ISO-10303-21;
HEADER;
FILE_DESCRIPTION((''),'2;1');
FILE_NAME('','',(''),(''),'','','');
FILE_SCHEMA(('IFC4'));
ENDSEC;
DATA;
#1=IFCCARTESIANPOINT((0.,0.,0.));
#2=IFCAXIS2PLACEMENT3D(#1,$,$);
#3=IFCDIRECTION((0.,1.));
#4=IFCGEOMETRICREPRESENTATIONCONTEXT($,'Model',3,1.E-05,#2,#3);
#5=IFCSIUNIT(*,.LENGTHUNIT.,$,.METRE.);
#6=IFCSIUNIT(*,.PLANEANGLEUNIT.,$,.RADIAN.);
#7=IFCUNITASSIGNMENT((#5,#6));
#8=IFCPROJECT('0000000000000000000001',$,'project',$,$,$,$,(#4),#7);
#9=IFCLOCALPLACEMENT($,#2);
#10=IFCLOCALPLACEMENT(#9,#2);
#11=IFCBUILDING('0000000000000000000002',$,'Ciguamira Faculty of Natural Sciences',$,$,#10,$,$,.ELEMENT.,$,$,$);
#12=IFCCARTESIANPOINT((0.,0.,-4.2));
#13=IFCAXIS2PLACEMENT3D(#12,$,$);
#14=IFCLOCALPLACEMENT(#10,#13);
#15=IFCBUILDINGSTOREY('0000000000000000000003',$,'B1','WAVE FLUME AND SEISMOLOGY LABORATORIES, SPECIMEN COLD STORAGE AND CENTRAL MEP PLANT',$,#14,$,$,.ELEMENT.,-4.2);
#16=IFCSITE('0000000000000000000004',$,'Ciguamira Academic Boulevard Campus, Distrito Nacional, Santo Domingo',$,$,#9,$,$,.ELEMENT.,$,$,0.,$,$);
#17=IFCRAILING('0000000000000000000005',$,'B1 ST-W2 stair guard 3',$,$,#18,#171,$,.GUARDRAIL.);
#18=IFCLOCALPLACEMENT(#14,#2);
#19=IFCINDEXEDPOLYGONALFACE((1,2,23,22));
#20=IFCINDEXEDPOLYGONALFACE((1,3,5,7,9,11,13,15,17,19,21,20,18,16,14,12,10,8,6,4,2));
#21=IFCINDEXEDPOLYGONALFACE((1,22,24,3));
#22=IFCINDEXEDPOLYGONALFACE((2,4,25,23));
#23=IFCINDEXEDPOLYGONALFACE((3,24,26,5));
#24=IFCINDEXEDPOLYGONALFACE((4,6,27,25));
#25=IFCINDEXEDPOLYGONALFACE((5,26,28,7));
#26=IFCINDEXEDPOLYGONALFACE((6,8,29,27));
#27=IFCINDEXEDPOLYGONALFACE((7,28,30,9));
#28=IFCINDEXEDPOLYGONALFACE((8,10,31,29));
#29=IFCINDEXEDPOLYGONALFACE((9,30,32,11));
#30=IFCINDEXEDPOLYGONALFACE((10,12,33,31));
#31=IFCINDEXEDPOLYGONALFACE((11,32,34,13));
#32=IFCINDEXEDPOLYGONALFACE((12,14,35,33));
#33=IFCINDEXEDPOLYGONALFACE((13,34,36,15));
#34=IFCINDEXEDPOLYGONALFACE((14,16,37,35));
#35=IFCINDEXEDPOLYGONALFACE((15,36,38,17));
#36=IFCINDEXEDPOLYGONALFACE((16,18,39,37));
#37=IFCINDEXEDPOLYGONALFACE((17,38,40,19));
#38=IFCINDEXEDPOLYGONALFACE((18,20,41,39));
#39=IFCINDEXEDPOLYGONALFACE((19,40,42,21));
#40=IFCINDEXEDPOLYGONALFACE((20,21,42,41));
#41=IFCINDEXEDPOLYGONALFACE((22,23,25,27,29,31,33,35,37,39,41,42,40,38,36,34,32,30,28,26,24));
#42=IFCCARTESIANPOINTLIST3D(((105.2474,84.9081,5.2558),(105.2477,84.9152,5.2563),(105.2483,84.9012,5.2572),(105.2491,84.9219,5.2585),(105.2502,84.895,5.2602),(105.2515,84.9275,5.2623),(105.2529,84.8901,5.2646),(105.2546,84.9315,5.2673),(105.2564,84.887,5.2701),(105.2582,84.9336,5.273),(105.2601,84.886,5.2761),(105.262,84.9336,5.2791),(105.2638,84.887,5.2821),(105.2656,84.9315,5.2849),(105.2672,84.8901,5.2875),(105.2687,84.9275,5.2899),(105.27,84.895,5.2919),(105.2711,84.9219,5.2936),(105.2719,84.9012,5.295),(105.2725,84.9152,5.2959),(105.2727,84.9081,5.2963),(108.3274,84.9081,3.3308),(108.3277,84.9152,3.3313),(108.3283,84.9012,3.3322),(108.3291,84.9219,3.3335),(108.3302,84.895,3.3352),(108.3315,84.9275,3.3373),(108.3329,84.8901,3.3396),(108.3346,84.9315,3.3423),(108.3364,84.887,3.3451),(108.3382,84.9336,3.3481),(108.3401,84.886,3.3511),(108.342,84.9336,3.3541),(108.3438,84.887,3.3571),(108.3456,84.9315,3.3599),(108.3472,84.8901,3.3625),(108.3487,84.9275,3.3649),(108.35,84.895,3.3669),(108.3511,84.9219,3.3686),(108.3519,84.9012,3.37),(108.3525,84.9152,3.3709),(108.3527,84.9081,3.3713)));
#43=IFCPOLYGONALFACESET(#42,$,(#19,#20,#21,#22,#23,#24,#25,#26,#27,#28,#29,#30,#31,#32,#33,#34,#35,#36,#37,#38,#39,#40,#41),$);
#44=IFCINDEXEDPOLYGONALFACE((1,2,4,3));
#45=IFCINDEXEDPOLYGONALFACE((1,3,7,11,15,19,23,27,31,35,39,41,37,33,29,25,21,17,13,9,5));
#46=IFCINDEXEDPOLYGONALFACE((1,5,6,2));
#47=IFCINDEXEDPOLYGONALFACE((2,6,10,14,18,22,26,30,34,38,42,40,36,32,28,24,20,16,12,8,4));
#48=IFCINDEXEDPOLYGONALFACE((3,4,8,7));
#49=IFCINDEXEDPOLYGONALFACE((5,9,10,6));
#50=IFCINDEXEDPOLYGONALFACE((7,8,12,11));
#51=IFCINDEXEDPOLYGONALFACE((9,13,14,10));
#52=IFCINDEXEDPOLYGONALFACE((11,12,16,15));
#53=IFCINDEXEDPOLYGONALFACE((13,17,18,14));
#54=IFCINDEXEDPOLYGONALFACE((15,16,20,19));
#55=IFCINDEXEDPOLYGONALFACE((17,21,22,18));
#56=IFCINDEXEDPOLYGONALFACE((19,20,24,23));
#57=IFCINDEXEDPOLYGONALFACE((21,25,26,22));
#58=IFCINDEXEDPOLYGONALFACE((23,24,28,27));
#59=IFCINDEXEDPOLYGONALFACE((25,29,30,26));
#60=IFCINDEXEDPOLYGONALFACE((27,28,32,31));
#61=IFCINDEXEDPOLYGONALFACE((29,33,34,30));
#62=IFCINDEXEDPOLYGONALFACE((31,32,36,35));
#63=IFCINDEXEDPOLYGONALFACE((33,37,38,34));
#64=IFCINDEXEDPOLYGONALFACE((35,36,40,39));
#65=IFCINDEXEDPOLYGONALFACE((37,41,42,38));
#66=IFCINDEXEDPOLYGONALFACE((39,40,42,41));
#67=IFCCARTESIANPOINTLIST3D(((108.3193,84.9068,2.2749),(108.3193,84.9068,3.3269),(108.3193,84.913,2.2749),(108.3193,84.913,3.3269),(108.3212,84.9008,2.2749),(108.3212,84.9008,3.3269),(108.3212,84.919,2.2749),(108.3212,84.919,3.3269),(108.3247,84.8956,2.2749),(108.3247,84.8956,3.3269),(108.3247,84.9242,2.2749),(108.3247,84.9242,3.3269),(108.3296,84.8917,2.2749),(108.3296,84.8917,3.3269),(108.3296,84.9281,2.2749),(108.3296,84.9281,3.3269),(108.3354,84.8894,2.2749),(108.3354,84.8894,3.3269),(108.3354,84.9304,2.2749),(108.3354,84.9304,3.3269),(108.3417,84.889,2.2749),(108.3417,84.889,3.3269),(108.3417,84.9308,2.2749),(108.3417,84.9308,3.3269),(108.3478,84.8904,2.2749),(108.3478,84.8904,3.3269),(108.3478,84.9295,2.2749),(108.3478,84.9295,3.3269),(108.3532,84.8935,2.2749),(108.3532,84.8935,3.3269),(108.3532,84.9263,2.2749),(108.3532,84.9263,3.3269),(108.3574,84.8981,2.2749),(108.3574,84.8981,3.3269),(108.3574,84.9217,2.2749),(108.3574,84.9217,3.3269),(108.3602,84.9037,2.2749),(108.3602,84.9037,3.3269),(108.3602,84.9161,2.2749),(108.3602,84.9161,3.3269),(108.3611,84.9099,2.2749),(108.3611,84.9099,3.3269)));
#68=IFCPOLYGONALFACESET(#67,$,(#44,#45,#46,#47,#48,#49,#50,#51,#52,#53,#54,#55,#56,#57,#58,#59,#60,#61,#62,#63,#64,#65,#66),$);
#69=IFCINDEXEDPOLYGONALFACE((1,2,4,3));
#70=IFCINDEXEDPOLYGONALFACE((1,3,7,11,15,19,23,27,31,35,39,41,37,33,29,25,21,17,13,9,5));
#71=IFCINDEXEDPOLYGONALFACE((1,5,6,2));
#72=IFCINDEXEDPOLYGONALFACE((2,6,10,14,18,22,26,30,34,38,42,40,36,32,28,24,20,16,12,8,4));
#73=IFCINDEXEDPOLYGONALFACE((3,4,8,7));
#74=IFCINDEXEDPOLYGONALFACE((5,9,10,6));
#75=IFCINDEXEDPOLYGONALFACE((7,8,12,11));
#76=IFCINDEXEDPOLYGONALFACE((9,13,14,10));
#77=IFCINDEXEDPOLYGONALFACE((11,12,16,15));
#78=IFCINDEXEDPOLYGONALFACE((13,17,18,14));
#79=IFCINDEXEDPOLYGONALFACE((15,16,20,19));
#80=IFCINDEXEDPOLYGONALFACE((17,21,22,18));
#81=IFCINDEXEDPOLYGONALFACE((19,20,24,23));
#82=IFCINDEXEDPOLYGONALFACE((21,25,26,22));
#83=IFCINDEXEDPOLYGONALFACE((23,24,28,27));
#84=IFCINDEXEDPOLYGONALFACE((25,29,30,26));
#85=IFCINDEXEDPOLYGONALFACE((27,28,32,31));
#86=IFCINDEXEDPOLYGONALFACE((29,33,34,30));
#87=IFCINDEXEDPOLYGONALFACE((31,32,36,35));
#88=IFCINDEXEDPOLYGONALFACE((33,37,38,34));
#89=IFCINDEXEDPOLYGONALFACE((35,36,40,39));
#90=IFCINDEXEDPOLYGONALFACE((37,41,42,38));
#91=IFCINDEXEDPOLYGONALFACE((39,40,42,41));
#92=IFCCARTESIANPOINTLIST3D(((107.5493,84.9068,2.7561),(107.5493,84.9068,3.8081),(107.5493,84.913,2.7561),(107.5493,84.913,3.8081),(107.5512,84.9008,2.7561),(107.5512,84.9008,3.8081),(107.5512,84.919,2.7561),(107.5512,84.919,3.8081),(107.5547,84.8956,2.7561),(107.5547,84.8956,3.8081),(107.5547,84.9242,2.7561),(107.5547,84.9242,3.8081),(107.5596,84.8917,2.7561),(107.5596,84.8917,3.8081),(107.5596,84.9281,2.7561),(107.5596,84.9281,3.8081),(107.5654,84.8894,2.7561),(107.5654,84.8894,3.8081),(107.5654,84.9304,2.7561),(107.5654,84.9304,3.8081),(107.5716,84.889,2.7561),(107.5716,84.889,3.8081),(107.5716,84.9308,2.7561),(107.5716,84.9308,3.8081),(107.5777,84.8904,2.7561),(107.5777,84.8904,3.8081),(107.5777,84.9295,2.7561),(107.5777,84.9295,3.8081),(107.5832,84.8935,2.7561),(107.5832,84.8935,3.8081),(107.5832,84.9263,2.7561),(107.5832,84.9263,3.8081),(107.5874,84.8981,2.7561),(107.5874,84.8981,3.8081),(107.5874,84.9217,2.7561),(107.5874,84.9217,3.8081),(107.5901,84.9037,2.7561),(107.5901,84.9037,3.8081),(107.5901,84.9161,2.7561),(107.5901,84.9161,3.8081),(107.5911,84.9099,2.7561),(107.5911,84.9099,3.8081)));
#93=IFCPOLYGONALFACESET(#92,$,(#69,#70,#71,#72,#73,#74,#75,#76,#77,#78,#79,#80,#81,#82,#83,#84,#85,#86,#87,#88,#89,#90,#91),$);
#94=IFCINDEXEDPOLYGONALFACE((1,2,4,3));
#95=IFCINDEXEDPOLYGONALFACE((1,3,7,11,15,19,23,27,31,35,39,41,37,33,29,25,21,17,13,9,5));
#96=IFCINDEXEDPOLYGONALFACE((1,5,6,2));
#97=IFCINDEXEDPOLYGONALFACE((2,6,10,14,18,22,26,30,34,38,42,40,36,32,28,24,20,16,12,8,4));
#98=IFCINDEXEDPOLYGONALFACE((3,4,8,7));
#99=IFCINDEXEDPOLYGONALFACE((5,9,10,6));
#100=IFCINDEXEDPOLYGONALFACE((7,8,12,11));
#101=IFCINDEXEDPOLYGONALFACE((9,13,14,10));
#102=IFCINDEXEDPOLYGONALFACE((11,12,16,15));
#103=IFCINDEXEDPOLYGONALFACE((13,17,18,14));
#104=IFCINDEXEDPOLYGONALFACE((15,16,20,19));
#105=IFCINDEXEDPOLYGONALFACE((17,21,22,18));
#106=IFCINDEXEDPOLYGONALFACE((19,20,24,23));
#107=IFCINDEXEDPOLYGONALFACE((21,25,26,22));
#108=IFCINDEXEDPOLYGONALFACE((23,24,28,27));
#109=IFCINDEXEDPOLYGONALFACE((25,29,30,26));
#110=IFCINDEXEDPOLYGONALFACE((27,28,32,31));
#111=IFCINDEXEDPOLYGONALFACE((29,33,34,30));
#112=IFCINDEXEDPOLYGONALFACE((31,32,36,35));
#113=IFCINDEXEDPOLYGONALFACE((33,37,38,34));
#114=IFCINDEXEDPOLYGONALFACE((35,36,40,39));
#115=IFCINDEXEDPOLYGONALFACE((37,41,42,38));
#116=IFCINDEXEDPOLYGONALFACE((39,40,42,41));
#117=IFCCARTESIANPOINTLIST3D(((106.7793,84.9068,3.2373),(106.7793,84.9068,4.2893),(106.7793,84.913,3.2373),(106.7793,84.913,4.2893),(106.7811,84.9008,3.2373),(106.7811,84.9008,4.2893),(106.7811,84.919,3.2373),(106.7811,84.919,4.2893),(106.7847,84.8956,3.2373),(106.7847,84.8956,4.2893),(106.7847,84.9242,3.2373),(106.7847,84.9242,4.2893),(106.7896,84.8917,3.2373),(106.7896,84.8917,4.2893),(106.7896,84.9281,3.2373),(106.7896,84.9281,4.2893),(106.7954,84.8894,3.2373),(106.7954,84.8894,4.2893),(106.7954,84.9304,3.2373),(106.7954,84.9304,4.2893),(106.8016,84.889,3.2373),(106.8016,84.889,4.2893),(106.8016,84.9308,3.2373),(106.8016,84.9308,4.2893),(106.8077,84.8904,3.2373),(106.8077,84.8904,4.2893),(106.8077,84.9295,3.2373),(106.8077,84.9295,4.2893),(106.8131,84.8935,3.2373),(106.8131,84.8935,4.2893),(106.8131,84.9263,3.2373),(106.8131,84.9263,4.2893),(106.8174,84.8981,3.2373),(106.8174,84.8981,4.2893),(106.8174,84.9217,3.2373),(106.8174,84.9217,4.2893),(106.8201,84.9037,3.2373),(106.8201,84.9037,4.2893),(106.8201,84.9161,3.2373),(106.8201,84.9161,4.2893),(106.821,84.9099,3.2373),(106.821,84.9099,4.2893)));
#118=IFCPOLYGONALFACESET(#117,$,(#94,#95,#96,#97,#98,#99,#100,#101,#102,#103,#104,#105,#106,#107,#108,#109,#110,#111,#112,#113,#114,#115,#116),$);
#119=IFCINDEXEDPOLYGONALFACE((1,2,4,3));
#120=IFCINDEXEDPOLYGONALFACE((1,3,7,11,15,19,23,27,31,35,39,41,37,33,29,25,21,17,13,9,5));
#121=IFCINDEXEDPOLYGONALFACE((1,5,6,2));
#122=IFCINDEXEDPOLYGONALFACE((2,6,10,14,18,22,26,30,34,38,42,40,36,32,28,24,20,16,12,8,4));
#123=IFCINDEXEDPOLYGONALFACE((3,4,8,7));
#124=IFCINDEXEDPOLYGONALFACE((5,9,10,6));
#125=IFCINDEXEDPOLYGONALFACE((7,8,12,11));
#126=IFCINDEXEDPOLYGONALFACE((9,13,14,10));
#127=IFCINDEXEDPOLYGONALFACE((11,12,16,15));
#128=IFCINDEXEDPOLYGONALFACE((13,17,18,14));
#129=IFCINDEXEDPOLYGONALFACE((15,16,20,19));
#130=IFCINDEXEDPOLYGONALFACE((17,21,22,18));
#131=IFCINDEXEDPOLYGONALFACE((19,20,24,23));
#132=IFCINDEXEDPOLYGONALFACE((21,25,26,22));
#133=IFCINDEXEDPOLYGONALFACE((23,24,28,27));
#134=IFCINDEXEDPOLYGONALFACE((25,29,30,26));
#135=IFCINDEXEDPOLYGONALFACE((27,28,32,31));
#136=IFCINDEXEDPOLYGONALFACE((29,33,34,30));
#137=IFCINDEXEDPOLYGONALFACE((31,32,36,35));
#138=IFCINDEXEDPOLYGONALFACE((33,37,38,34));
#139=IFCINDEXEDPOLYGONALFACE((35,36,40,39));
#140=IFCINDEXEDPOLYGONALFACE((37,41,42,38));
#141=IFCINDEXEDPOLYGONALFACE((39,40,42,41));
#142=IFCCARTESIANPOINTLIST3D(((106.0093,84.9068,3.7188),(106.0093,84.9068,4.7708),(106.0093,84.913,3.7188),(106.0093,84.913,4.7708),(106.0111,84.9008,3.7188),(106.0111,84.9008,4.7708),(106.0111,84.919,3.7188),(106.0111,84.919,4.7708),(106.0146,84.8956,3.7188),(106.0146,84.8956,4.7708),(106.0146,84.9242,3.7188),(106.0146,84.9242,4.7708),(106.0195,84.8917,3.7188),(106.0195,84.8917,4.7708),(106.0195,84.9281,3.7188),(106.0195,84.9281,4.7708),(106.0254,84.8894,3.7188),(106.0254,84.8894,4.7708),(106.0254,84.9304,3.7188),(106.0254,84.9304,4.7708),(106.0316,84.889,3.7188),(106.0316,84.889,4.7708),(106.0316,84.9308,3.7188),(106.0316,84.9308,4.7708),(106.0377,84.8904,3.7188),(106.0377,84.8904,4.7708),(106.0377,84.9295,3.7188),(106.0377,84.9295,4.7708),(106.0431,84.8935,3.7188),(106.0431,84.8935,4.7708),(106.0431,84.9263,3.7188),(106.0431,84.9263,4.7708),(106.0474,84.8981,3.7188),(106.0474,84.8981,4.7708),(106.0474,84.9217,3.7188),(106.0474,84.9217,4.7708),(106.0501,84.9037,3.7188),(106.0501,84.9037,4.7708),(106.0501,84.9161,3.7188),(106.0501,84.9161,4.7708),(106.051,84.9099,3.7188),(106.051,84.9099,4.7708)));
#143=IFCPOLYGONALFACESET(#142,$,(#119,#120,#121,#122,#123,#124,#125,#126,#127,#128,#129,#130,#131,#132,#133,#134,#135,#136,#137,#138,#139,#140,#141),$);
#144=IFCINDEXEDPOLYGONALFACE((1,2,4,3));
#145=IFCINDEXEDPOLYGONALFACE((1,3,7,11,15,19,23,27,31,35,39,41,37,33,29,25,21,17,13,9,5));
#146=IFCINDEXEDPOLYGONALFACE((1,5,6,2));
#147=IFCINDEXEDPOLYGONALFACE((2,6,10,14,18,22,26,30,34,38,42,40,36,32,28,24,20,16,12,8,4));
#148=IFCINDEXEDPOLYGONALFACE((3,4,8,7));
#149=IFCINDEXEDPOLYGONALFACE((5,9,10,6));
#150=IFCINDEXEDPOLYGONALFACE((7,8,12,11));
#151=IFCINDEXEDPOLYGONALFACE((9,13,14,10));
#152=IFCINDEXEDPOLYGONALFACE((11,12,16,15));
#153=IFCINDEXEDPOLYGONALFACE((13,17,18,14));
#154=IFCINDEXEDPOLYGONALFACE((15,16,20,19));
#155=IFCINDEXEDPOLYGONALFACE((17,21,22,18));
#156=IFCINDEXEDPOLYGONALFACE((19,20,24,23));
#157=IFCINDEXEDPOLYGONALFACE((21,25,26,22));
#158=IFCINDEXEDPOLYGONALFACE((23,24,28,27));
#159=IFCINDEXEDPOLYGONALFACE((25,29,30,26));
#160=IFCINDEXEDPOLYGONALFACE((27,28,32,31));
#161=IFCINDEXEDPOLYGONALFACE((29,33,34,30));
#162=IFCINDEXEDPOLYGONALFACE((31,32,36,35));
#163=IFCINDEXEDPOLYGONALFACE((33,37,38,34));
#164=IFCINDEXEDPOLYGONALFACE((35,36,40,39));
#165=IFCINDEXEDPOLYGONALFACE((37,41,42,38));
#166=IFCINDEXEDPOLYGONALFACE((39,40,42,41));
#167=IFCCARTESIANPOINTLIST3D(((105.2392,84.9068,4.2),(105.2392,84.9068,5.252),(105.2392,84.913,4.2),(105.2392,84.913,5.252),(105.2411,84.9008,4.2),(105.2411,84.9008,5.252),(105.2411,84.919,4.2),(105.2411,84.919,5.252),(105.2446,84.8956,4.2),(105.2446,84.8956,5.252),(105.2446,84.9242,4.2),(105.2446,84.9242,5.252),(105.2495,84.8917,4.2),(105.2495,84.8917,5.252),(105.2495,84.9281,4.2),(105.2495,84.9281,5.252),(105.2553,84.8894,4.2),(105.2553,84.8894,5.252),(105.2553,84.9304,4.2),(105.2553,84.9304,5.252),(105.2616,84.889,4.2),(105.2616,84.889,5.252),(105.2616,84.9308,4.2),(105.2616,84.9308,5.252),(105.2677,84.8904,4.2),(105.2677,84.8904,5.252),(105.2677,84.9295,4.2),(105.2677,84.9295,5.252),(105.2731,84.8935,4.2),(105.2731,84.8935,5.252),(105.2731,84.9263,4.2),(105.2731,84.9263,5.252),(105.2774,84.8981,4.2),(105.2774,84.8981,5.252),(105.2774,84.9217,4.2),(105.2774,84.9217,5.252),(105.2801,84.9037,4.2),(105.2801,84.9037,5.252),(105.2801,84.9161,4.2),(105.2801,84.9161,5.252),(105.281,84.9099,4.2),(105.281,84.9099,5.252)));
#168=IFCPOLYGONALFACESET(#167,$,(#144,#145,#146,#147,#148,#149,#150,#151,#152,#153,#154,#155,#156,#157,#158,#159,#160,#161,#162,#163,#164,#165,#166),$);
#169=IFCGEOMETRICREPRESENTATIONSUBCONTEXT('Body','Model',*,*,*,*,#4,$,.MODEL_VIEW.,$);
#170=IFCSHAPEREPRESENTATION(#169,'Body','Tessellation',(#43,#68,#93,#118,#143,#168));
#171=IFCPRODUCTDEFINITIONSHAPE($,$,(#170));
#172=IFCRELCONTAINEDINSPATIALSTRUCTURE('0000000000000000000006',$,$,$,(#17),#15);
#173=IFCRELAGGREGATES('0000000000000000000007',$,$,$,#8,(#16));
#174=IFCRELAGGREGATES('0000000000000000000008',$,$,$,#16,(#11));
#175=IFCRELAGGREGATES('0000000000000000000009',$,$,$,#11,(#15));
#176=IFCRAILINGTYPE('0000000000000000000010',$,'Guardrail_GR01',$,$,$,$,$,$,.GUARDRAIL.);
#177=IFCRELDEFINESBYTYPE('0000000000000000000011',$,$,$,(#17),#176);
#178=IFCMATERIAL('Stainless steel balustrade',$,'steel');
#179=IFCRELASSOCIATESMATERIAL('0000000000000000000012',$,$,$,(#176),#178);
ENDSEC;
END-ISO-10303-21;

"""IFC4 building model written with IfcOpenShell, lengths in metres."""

from ifc_helpers import new_model, si_unit, direction, frame, origin, origin_2d, place, context, subcontext, project, spatial, circle, extrude, material, type_object, element, save


model = new_model("IFC4")

# Units and contexts
model_context = context("Model", 3, precision=1e-05, world=origin(), true_north=direction((0.0, 1.0)))
body_context = subcontext(model_context, "Body", "Model", "MODEL_VIEW")
ifc_project = project(units=[si_unit("LENGTHUNIT", "METRE"), si_unit("PLANEANGLEUNIT", "RADIAN")], contexts=[model_context])

# Site, building, storey
site_placement = place(None, origin())
site = spatial("IfcSite", under=ifc_project, at=site_placement, Name="Ciguamira Academic Boulevard Campus, Distrito Nacional, Santo Domingo", CompositionType="ELEMENT", RefElevation=0.0)
building_placement = place(site_placement, origin())
building = spatial("IfcBuilding", under=site, at=building_placement, Name="Ciguamira Faculty of Natural Sciences", CompositionType="ELEMENT")
storey_placement = place(building_placement, frame((0.0, 0.0, -4.2)))
storey = spatial("IfcBuildingStorey", under=building, at=storey_placement, Name="B1", Description="WAVE FLUME AND SEISMOLOGY LABORATORIES, SPECIMEN COLD STORAGE AND CENTRAL MEP PLANT", CompositionType="ELEMENT", Elevation=-4.2)

# Railing
ifc_material_1 = material(Name="Stainless steel balustrade", Category="steel")
railing_type_1 = type_object("IfcRailingType", Name="Guardrail_GR01", PredefinedType="GUARDRAIL", material=ifc_material_1)
railing_1_placement = place(storey_placement, frame((108.3401, 84.9099, 2.2749)))
element("IfcRailing", 1, at=railing_1_placement, inside=storey, type_object=railing_type_1, Name="B1 ST-W2 stair guard 3", PredefinedType="GUARDRAIL", context=body_context, shape_type="SweptSolid", body=[
    extrude(circle(Radius=0.0239, at=origin_2d()), frame((0.0, 0.0, 1.0762), z_axis=(-0.847998, 0.0, 0.529999), x_axis=(0.0, -1.0, 0.0)), (0.0, 0.0, 1.0), 3.6321),
    extrude(circle(Radius=0.021, at=origin_2d()), origin(), (0.0, 0.0, 1.0), 1.052),
    extrude(circle(Radius=0.021, at=origin_2d()), frame((-0.77, 0.0, 0.4812)), (0.0, 0.0, 1.0), 1.052),
    extrude(circle(Radius=0.021, at=origin_2d()), frame((-1.54, 0.0, 0.9624)), (0.0, 0.0, 1.0), 1.052),
    extrude(circle(Radius=0.021, at=origin_2d()), frame((-2.3101, 0.0, 1.4438)), (0.0, 0.0, 1.0), 1.052),
    extrude(circle(Radius=0.021, at=origin_2d()), frame((-3.0801, 0.0, 1.925)), (0.0, 0.0, 1.0), 1.052),
])

save(model, "model.ifc")
